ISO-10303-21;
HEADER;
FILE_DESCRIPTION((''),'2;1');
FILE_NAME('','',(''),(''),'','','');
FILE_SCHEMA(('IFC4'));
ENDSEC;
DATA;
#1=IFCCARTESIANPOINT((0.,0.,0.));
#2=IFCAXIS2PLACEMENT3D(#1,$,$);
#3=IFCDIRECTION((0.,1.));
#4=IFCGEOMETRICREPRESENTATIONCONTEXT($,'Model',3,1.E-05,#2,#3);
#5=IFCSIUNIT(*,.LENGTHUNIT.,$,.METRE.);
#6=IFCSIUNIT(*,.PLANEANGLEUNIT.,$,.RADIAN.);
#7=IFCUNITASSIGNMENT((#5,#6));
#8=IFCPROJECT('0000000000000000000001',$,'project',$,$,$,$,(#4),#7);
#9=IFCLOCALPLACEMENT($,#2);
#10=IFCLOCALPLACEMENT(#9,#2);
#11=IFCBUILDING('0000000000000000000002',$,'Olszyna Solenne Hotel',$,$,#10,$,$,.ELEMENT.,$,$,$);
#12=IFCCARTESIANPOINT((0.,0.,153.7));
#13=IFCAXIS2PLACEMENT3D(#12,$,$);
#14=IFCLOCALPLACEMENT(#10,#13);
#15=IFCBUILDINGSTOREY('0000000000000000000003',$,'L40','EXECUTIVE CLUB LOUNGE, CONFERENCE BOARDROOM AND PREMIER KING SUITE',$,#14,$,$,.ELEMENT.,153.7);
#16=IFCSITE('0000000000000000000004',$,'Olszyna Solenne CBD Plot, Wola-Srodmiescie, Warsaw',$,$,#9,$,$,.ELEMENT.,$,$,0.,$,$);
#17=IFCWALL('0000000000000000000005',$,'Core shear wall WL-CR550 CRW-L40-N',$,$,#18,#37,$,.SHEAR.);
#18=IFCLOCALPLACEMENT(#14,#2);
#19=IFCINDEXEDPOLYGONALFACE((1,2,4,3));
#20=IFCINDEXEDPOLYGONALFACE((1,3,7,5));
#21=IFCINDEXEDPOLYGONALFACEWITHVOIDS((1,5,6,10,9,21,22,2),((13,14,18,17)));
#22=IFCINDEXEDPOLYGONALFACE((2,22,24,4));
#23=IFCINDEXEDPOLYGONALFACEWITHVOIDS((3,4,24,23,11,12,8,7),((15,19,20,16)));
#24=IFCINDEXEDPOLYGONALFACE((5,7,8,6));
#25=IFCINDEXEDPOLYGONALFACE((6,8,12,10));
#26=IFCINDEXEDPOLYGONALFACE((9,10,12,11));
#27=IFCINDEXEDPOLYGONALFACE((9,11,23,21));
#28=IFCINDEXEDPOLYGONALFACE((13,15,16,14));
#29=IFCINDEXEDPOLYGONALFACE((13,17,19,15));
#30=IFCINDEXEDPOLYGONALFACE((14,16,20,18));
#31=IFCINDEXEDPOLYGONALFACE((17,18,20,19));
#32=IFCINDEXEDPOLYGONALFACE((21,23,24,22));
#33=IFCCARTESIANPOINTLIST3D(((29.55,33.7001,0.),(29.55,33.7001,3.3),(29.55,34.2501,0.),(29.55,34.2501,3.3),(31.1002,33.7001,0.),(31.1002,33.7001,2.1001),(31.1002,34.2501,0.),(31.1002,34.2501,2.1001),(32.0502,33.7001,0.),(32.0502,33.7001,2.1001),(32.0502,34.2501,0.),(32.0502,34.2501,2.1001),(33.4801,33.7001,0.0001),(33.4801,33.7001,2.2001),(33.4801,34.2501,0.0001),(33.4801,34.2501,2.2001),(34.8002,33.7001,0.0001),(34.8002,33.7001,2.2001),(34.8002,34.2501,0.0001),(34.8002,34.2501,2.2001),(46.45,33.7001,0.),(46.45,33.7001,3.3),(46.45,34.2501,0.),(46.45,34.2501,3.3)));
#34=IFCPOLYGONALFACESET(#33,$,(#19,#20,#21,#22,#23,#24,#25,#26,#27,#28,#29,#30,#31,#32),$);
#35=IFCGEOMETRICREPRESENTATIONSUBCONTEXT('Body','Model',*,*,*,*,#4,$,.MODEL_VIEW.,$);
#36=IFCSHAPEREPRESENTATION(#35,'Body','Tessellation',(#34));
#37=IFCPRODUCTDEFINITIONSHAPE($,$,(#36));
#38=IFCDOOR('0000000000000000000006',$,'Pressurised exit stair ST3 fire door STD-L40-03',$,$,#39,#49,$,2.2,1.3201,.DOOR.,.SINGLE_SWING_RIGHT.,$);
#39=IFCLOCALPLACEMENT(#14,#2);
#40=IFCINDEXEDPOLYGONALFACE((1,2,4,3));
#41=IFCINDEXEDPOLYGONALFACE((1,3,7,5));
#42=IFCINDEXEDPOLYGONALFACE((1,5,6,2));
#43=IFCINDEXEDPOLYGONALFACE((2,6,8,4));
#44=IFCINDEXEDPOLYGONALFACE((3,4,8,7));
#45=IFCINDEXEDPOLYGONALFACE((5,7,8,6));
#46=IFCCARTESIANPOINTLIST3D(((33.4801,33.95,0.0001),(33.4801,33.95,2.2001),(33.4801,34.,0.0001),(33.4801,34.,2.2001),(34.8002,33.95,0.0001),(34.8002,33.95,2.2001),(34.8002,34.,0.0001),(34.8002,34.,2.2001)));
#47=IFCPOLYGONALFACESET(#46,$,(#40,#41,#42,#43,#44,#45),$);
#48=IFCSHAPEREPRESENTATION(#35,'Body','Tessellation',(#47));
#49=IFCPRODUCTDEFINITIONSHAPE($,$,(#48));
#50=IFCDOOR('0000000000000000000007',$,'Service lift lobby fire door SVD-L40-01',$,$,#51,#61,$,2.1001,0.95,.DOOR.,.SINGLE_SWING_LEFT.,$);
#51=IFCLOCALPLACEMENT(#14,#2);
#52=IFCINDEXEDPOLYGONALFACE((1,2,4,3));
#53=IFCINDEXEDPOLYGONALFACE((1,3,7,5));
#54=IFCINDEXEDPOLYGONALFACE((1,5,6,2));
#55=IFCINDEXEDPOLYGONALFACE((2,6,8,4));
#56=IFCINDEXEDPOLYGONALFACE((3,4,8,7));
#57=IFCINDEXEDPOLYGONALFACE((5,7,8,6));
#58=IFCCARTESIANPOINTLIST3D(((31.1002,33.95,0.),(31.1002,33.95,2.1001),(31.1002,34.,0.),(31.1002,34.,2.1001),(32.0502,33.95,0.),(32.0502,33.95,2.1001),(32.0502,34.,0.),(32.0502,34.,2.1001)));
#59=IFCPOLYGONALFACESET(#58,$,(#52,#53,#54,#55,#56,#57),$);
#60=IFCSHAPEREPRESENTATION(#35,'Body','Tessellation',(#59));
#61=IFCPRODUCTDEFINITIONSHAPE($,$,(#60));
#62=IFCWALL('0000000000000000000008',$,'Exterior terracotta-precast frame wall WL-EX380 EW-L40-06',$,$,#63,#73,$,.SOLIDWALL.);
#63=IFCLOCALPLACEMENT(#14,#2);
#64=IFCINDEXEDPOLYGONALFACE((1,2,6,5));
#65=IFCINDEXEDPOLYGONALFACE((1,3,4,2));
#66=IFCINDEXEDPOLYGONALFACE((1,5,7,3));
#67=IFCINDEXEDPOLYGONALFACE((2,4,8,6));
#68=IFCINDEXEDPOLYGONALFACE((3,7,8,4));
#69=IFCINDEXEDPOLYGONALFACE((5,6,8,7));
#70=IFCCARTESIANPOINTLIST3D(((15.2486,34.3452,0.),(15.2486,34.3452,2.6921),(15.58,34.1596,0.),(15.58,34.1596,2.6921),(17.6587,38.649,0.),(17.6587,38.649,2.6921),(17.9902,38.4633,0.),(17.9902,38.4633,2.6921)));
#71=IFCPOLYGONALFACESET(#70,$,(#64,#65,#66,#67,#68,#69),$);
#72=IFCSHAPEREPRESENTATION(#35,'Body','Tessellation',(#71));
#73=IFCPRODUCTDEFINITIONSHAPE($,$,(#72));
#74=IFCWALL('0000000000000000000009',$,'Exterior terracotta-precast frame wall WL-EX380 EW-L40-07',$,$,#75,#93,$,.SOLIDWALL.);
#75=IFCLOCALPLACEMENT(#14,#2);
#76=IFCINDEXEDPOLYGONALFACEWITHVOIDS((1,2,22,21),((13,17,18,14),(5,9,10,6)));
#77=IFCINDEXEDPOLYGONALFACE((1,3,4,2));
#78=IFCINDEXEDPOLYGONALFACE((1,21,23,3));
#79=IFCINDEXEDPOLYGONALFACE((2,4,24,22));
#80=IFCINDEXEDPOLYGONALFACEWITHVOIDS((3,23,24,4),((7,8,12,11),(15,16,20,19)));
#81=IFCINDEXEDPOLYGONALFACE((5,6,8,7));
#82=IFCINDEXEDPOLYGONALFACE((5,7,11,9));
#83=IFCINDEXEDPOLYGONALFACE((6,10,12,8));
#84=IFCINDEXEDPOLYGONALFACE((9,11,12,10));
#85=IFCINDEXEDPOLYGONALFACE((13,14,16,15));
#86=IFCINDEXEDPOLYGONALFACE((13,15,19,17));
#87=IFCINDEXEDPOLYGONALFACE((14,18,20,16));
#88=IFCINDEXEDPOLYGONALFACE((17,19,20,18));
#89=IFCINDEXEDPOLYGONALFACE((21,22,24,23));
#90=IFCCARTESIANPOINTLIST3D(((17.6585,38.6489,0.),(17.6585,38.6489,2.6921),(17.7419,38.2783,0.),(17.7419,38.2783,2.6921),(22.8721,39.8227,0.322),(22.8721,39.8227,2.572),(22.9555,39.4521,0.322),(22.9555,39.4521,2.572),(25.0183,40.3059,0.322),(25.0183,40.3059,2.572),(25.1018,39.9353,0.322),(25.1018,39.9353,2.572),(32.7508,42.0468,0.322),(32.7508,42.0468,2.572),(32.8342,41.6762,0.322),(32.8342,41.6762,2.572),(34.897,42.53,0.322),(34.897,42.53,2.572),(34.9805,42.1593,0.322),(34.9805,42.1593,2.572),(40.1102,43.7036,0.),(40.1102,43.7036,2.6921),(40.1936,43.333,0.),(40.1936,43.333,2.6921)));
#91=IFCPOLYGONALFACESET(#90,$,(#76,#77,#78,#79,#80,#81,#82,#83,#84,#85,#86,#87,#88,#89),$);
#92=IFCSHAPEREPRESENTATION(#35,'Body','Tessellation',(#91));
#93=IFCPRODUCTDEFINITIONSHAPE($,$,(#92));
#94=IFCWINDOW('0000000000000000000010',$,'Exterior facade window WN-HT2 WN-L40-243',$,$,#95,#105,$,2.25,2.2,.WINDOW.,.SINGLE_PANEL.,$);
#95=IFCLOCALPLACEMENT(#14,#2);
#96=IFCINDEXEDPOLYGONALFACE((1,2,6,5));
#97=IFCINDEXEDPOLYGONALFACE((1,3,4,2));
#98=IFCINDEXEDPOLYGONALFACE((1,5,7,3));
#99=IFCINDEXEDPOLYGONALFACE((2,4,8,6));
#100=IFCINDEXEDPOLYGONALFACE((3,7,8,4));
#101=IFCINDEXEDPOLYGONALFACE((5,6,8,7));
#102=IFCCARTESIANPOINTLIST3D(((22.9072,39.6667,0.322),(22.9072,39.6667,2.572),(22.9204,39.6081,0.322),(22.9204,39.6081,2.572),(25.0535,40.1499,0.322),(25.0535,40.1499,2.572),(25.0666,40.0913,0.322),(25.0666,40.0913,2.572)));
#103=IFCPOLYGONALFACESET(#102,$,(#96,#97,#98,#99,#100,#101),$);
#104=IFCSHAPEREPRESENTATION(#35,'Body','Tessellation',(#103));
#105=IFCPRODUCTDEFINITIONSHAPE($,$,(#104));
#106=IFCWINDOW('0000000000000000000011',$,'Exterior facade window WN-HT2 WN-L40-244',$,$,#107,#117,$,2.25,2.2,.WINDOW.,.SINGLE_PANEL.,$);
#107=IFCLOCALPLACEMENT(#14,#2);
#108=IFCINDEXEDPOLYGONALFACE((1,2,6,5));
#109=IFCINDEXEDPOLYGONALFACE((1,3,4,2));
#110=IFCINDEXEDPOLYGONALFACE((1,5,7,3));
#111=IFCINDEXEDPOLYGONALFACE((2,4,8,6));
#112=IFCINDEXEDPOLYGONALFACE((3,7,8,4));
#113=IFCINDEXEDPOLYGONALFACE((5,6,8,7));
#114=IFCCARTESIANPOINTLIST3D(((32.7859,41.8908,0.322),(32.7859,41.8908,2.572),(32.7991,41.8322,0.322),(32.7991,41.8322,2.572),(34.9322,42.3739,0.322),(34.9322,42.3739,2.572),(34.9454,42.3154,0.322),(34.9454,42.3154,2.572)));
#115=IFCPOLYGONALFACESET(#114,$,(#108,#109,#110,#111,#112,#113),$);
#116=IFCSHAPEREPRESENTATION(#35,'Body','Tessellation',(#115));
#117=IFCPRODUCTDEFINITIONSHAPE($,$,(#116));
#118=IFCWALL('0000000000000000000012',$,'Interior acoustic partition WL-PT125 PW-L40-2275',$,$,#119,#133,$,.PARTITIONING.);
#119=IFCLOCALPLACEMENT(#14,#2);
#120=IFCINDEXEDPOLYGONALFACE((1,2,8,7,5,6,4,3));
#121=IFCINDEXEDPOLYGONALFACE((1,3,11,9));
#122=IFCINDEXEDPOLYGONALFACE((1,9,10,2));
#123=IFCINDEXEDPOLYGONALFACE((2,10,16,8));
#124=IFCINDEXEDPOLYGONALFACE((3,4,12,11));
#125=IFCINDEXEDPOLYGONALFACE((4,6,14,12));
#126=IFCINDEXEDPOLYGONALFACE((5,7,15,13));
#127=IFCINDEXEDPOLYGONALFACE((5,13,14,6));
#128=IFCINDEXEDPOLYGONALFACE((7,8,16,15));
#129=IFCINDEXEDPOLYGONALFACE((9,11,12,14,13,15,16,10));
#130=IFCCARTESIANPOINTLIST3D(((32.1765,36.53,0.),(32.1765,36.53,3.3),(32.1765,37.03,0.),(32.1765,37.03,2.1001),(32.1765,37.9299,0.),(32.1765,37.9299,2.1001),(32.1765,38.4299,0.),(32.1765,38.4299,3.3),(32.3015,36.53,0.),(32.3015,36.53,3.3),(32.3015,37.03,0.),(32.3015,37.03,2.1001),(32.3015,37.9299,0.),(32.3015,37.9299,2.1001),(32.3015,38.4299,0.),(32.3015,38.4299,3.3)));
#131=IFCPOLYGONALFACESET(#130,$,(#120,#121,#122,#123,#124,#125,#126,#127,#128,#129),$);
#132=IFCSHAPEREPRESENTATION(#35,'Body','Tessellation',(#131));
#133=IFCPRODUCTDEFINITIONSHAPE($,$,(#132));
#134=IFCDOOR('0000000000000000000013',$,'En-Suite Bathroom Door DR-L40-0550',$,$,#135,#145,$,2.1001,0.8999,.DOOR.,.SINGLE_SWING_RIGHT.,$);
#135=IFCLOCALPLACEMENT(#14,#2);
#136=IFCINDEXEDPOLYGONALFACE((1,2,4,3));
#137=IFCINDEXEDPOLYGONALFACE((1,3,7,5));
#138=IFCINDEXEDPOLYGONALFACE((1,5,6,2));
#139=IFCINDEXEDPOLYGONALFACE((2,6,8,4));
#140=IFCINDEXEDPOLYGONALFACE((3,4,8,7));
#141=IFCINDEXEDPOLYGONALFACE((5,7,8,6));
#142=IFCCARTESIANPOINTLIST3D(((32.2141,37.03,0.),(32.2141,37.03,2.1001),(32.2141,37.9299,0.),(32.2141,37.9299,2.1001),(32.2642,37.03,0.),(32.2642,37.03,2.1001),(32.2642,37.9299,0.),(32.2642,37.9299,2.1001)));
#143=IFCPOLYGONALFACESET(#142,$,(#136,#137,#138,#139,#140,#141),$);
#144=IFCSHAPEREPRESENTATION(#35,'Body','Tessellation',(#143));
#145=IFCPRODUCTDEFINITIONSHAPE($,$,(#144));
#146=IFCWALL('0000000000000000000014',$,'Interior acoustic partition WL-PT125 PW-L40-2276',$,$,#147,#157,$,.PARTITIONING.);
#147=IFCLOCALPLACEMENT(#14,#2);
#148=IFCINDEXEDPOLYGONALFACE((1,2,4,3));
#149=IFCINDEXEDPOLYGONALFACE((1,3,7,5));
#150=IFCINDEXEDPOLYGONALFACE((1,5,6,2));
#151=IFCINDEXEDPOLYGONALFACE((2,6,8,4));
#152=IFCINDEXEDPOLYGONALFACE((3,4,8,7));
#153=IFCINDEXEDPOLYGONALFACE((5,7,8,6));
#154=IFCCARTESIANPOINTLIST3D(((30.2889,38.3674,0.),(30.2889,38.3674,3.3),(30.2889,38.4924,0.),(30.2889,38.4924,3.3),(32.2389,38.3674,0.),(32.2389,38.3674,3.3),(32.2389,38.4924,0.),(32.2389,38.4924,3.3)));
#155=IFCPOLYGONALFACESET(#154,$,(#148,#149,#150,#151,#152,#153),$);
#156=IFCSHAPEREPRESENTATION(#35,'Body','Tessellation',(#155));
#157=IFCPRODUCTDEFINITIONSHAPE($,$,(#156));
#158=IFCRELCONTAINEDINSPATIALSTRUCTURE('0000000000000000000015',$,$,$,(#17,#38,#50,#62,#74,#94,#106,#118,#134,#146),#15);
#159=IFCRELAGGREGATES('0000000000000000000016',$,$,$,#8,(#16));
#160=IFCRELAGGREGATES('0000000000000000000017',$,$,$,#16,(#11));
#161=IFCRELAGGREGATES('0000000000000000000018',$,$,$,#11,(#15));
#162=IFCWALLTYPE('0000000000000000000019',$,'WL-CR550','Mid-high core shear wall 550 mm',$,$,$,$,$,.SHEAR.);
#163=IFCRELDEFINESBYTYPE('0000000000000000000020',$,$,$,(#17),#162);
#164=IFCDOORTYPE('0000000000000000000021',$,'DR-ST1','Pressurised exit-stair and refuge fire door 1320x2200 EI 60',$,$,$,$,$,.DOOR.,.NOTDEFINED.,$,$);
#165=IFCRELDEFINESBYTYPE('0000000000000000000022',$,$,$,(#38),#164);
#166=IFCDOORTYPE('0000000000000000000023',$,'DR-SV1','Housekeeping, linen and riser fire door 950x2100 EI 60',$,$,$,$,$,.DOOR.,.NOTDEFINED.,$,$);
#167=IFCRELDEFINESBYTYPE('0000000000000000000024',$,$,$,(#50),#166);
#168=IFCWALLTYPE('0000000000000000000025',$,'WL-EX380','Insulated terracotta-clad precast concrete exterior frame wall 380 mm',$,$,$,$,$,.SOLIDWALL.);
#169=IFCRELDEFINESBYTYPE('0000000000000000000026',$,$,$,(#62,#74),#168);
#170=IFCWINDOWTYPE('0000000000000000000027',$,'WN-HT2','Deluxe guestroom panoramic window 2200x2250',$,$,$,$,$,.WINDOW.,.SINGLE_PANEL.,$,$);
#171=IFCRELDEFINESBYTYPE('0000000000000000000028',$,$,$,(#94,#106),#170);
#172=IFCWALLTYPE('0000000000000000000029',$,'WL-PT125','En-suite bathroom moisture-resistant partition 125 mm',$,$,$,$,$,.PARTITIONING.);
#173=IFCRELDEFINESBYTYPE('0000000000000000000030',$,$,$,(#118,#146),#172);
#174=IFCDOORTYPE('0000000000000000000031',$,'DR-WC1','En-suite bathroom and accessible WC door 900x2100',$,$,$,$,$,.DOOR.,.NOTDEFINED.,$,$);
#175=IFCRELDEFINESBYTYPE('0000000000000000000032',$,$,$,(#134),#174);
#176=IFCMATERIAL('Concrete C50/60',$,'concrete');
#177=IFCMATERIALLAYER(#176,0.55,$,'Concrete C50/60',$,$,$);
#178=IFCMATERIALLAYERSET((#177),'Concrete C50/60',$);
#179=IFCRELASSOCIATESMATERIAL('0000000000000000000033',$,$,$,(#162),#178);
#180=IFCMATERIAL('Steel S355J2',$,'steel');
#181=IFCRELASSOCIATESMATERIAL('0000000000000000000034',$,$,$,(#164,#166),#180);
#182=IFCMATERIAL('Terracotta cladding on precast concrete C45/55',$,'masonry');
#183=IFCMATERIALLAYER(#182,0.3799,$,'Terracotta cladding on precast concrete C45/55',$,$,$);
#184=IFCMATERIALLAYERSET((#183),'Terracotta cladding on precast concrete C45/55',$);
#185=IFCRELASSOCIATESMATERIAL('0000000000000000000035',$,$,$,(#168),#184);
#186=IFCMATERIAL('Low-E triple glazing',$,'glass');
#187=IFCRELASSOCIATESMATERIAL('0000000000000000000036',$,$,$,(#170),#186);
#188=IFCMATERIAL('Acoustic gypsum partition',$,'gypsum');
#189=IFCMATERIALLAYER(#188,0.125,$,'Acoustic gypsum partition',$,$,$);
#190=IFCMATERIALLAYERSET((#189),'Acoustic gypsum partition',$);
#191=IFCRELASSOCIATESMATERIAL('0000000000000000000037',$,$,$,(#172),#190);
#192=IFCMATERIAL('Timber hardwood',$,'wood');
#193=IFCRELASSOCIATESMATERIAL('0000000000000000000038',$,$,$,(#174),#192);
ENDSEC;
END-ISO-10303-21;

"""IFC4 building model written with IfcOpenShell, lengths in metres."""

from ifc_helpers import new_model, si_unit, direction, frame, frame_2d, origin, place, context, subcontext, project, spatial, rectangle, extrude, source, transform, mapped, material, layer, layer_set, type_object, type_shapes, element, fill, save


model = new_model("IFC4")

# Units and contexts
model_context = context("Model", 3, precision=1e-05, world=origin(), true_north=direction((0.0, 1.0)))
body_context = subcontext(model_context, "Body", "Model", "MODEL_VIEW")
ifc_project = project(units=[si_unit("LENGTHUNIT", "METRE"), si_unit("PLANEANGLEUNIT", "RADIAN")], contexts=[model_context])

# Site, building, storey
site_placement = place(None, origin())
site = spatial("IfcSite", under=ifc_project, at=site_placement, Name="Olszyna Solenne CBD Plot, Wola-Srodmiescie, Warsaw", CompositionType="ELEMENT", RefElevation=0.0)
building_placement = place(site_placement, origin())
building = spatial("IfcBuilding", under=site, at=building_placement, Name="Olszyna Solenne Hotel", CompositionType="ELEMENT")
storey_placement = place(building_placement, frame((0.0, 0.0, 153.7)))
storey = spatial("IfcBuildingStorey", under=building, at=storey_placement, Name="L40", Description="EXECUTIVE CLUB LOUNGE, CONFERENCE BOARDROOM AND PREMIER KING SUITE", CompositionType="ELEMENT", Elevation=153.7)

# Shared definitions
ifc_material_1 = material(Name="Steel S355J2", Category="steel")

# Wall, openings, doors
ifc_material_2 = material(Name="Concrete C50/60", Category="concrete")
ifc_layer_1 = layer(ifc_material_2, 0.55, Name="Concrete C50/60")
ifc_layer_set_1 = layer_set([ifc_layer_1], Name="Concrete C50/60")
wall_type_1 = type_object("IfcWallType", Name="WL-CR550", Description="Mid-high core shear wall 550 mm", PredefinedType="SHEAR", material=ifc_layer_set_1)
wall_1_placement = place(storey_placement, frame((29.55, 33.9751, 0.0), z_axis=(0.0, 0.0, 1.0), x_axis=(1.0, 0.0, 0.0)))
wall_1 = element("IfcWall", 1, at=wall_1_placement, inside=storey, type_object=wall_type_1, Name="Core shear wall WL-CR550 CRW-L40-N", PredefinedType="SHEAR", context=body_context, shape_type="SweptSolid", body=[
    extrude(rectangle(XDim=16.8999, YDim=0.55, at=frame_2d((8.45, 0.0))), origin(), (0.0, 0.0, 1.0), 3.3),
])
opening_1_placement = place(wall_1_placement, frame((1.55, 0.0, 0.0)))
opening_1 = element("IfcOpeningElement", 2, at=opening_1_placement, cuts=wall_1, PredefinedType="OPENING", context=body_context, shape_type="SweptSolid", body=[
    extrude(rectangle(XDim=0.95, YDim=2.1001, at=frame_2d((0.4751, 1.05))), frame((0.0, 0.2852, 0.0), z_axis=(0.0, -1.0, 0.0), x_axis=(1.0, 0.0, 0.0)), (0.0, 0.0, 1.0), 0.5701),
])
opening_2_placement = place(wall_1_placement, frame((3.9299, 0.0, 0.0)))
opening_2 = element("IfcOpeningElement", 3, at=opening_2_placement, cuts=wall_1, PredefinedType="OPENING", context=body_context, shape_type="SweptSolid", body=[
    extrude(rectangle(XDim=1.3201, YDim=2.2, at=frame_2d((0.6602, 1.1001))), frame((0.0, 0.2852, 0.0), z_axis=(0.0, -1.0, 0.0), x_axis=(1.0, 0.0, 0.0)), (0.0, 0.0, 1.0), 0.5701),
])
door_type_1 = type_object("IfcDoorType", Name="DR-ST1", Description="Pressurised exit-stair and refuge fire door 1320x2200 EI 60", OperationType="NOTDEFINED", PredefinedType="DOOR", material=ifc_material_1)
shared_shape_1 = source(origin(), body_context, "Body", "SweptSolid", [
    extrude(rectangle(XDim=1.3201, YDim=2.2, at=frame_2d((0.6602, 1.1001))), frame((0.0, 0.0249, 0.0), z_axis=(0.0, -1.0, 0.0), x_axis=(1.0, 0.0, 0.0)), (0.0, 0.0, 1.0), 0.05),
])
type_shapes(door_type_1, [shared_shape_1])
door_1_placement = place(opening_2_placement, origin())
door_1 = element("IfcDoor", 4, at=door_1_placement, inside=storey, type_object=door_type_1, Name="Pressurised exit stair ST3 fire door STD-L40-03", OperationType="SINGLE_SWING_RIGHT", OverallHeight=2.2, OverallWidth=1.3201, PredefinedType="DOOR", context=body_context, shape_type="MappedRepresentation", body=[
    mapped(shared_shape_1, transform((0.0, 0.0, 0.0), x_axis=(1.0, 0.0, 0.0), y_axis=(0.0, 1.0, 0.0), z_axis=(0.0, 0.0, 1.0), scale=1.0)),
])
fill(opening_2, door_1)
door_type_2 = type_object("IfcDoorType", Name="DR-SV1", Description="Housekeeping, linen and riser fire door 950x2100 EI 60", OperationType="NOTDEFINED", PredefinedType="DOOR", material=ifc_material_1)
shared_shape_2 = source(origin(), body_context, "Body", "SweptSolid", [
    extrude(rectangle(XDim=0.95, YDim=2.1001, at=frame_2d((0.4751, 1.05))), frame((0.0, 0.0249, 0.0), z_axis=(0.0, -1.0, 0.0), x_axis=(1.0, 0.0, 0.0)), (0.0, 0.0, 1.0), 0.05),
])
type_shapes(door_type_2, [shared_shape_2])
door_2_placement = place(opening_1_placement, origin())
door_2 = element("IfcDoor", 5, at=door_2_placement, inside=storey, type_object=door_type_2, Name="Service lift lobby fire door SVD-L40-01", OperationType="SINGLE_SWING_LEFT", OverallHeight=2.1001, OverallWidth=0.95, PredefinedType="DOOR", context=body_context, shape_type="MappedRepresentation", body=[
    mapped(shared_shape_2, transform((0.0, 0.0, 0.0), x_axis=(1.0, 0.0, 0.0), y_axis=(0.0, 1.0, 0.0), z_axis=(0.0, 0.0, 1.0), scale=1.0)),
])
fill(opening_1, door_2)

# Wall
ifc_material_3 = material(Name="Terracotta cladding on precast concrete C45/55", Category="masonry")
ifc_layer_2 = layer(ifc_material_3, 0.3799, Name="Terracotta cladding on precast concrete C45/55")
ifc_layer_set_2 = layer_set([ifc_layer_2], Name="Terracotta cladding on precast concrete C45/55")
wall_type_2 = type_object("IfcWallType", Name="WL-EX380", Description="Insulated terracotta-clad precast concrete exterior frame wall 380 mm", PredefinedType="SOLIDWALL", material=ifc_layer_set_2)
wall_2_placement = place(storey_placement, frame((15.4143, 34.2524, 0.0), z_axis=(0.0, 0.0, 1.0), x_axis=(0.488615, 0.872499, 0.0)))
element("IfcWall", 6, at=wall_2_placement, inside=storey, type_object=wall_type_2, Name="Exterior terracotta-precast frame wall WL-EX380 EW-L40-06", PredefinedType="SOLIDWALL", context=body_context, shape_type="SweptSolid", body=[
    extrude(rectangle(XDim=4.9326, YDim=0.3799, at=frame_2d((2.4663, 0.0))), origin(), (0.0, 0.0, 1.0), 2.6921),
])

# Wall, openings, windows
wall_3_placement = place(storey_placement, frame((17.7002, 38.4636, 0.0), z_axis=(0.0, 0.0, 1.0), x_axis=(0.975581, 0.219639, 0.0)))
wall_3 = element("IfcWall", 7, at=wall_3_placement, inside=storey, type_object=wall_type_2, Name="Exterior terracotta-precast frame wall WL-EX380 EW-L40-07", PredefinedType="SOLIDWALL", context=body_context, shape_type="SweptSolid", body=[
    extrude(rectangle(XDim=23.0137, YDim=0.3799, at=frame_2d((11.5068, 0.0))), origin(), (0.0, 0.0, 1.0), 2.6921),
])
opening_3_placement = place(wall_3_placement, frame((5.344, 0.0, 0.322)))
opening_3 = element("IfcOpeningElement", 8, at=opening_3_placement, cuts=wall_3, PredefinedType="OPENING", context=body_context, shape_type="SweptSolid", body=[
    extrude(rectangle(XDim=2.2, YDim=2.25, at=frame_2d((1.1001, 1.125))), frame((0.0, 0.2, 0.0), z_axis=(0.0, -1.0, 0.0), x_axis=(1.0, 0.0, 0.0)), (0.0, 0.0, 1.0), 0.3999),
])
opening_4_placement = place(wall_3_placement, frame((15.47, 0.0, 0.322)))
opening_4 = element("IfcOpeningElement", 9, at=opening_4_placement, cuts=wall_3, PredefinedType="OPENING", context=body_context, shape_type="SweptSolid", body=[
    extrude(rectangle(XDim=2.2, YDim=2.25, at=frame_2d((1.1001, 1.125))), frame((0.0, 0.2, 0.0), z_axis=(0.0, -1.0, 0.0), x_axis=(1.0, 0.0, 0.0)), (0.0, 0.0, 1.0), 0.3999),
])
ifc_material_4 = material(Name="Low-E triple glazing", Category="glass")
window_type = type_object("IfcWindowType", Name="WN-HT2", Description="Deluxe guestroom panoramic window 2200x2250", PartitioningType="SINGLE_PANEL", PredefinedType="WINDOW", material=ifc_material_4)
shared_shape_3 = source(origin(), body_context, "Body", "SweptSolid", [
    extrude(rectangle(XDim=2.2, YDim=2.25, at=frame_2d((1.1001, 1.125))), frame((0.0, 0.03, 0.0), z_axis=(0.0, -1.0, 0.0), x_axis=(1.0, 0.0, 0.0)), (0.0, 0.0, 1.0), 0.0601),
])
type_shapes(window_type, [shared_shape_3])
window_1_placement = place(opening_3_placement, origin())
window_1 = element("IfcWindow", 10, at=window_1_placement, inside=storey, type_object=window_type, Name="Exterior facade window WN-HT2 WN-L40-243", OverallHeight=2.25, OverallWidth=2.2, PartitioningType="SINGLE_PANEL", PredefinedType="WINDOW", context=body_context, shape_type="MappedRepresentation", body=[
    mapped(shared_shape_3, transform((0.0, 0.0, 0.0), x_axis=(1.0, 0.0, 0.0), y_axis=(0.0, 1.0, 0.0), z_axis=(0.0, 0.0, 1.0), scale=1.0)),
])
fill(opening_3, window_1)
window_2_placement = place(opening_4_placement, origin())
window_2 = element("IfcWindow", 11, at=window_2_placement, inside=storey, type_object=window_type, Name="Exterior facade window WN-HT2 WN-L40-244", OverallHeight=2.25, OverallWidth=2.2, PartitioningType="SINGLE_PANEL", PredefinedType="WINDOW", context=body_context, shape_type="MappedRepresentation", body=[
    mapped(shared_shape_3, transform((0.0, 0.0, 0.0), x_axis=(1.0, 0.0, 0.0), y_axis=(0.0, 1.0, 0.0), z_axis=(0.0, 0.0, 1.0), scale=1.0)),
])
fill(opening_4, window_2)

# Wall, opening, door
ifc_material_5 = material(Name="Acoustic gypsum partition", Category="gypsum")
ifc_layer_3 = layer(ifc_material_5, 0.125, Name="Acoustic gypsum partition")
ifc_layer_set_3 = layer_set([ifc_layer_3], Name="Acoustic gypsum partition")
wall_type_3 = type_object("IfcWallType", Name="WL-PT125", Description="En-suite bathroom moisture-resistant partition 125 mm", PredefinedType="PARTITIONING", material=ifc_layer_set_3)
wall_4_placement = place(storey_placement, frame((32.239, 36.53, 0.0), z_axis=(0.0, 0.0, 1.0), x_axis=(0.0, 1.0, 0.0)))
wall_4 = element("IfcWall", 12, at=wall_4_placement, inside=storey, type_object=wall_type_3, Name="Interior acoustic partition WL-PT125 PW-L40-2275", PredefinedType="PARTITIONING", context=body_context, shape_type="SweptSolid", body=[
    extrude(rectangle(XDim=1.8999, YDim=0.125, at=frame_2d((0.95, 0.0))), origin(), (0.0, 0.0, 1.0), 3.3),
])
opening_5_placement = place(wall_4_placement, frame((0.5, 0.0, 0.0)))
opening_5 = element("IfcOpeningElement", 13, at=opening_5_placement, cuts=wall_4, PredefinedType="OPENING", context=body_context, shape_type="SweptSolid", body=[
    extrude(rectangle(XDim=0.8999, YDim=2.1001, at=frame_2d((0.45, 1.05))), frame((0.0, 0.0725, 0.0), z_axis=(0.0, -1.0, 0.0), x_axis=(1.0, 0.0, 0.0)), (0.0, 0.0, 1.0), 0.145),
])
ifc_material_6 = material(Name="Timber hardwood", Category="wood")
door_type_3 = type_object("IfcDoorType", Name="DR-WC1", Description="En-suite bathroom and accessible WC door 900x2100", OperationType="NOTDEFINED", PredefinedType="DOOR", material=ifc_material_6)
shared_shape_4 = source(origin(), body_context, "Body", "SweptSolid", [
    extrude(rectangle(XDim=0.8999, YDim=2.1001, at=frame_2d((0.45, 1.05))), frame((0.0, 0.0249, 0.0), z_axis=(0.0, -1.0, 0.0), x_axis=(1.0, 0.0, 0.0)), (0.0, 0.0, 1.0), 0.05),
])
type_shapes(door_type_3, [shared_shape_4])
door_3_placement = place(opening_5_placement, origin())
door_3 = element("IfcDoor", 14, at=door_3_placement, inside=storey, type_object=door_type_3, Name="En-Suite Bathroom Door DR-L40-0550", OperationType="SINGLE_SWING_RIGHT", OverallHeight=2.1001, OverallWidth=0.8999, PredefinedType="DOOR", context=body_context, shape_type="MappedRepresentation", body=[
    mapped(shared_shape_4, transform((0.0, 0.0, 0.0), x_axis=(1.0, 0.0, 0.0), y_axis=(0.0, 1.0, 0.0), z_axis=(0.0, 0.0, 1.0), scale=1.0)),
])
fill(opening_5, door_3)

# Wall
wall_5_placement = place(storey_placement, frame((32.239, 38.4299, 0.0), z_axis=(0.0, 0.0, 1.0), x_axis=(-1.0, 0.0, 0.0)))
element("IfcWall", 15, at=wall_5_placement, inside=storey, type_object=wall_type_3, Name="Interior acoustic partition WL-PT125 PW-L40-2276", PredefinedType="PARTITIONING", context=body_context, shape_type="SweptSolid", body=[
    extrude(rectangle(XDim=1.95, YDim=0.125, at=frame_2d((0.9751, 0.0))), origin(), (0.0, 0.0, 1.0), 3.3),
])

save(model, "model.ifc")
